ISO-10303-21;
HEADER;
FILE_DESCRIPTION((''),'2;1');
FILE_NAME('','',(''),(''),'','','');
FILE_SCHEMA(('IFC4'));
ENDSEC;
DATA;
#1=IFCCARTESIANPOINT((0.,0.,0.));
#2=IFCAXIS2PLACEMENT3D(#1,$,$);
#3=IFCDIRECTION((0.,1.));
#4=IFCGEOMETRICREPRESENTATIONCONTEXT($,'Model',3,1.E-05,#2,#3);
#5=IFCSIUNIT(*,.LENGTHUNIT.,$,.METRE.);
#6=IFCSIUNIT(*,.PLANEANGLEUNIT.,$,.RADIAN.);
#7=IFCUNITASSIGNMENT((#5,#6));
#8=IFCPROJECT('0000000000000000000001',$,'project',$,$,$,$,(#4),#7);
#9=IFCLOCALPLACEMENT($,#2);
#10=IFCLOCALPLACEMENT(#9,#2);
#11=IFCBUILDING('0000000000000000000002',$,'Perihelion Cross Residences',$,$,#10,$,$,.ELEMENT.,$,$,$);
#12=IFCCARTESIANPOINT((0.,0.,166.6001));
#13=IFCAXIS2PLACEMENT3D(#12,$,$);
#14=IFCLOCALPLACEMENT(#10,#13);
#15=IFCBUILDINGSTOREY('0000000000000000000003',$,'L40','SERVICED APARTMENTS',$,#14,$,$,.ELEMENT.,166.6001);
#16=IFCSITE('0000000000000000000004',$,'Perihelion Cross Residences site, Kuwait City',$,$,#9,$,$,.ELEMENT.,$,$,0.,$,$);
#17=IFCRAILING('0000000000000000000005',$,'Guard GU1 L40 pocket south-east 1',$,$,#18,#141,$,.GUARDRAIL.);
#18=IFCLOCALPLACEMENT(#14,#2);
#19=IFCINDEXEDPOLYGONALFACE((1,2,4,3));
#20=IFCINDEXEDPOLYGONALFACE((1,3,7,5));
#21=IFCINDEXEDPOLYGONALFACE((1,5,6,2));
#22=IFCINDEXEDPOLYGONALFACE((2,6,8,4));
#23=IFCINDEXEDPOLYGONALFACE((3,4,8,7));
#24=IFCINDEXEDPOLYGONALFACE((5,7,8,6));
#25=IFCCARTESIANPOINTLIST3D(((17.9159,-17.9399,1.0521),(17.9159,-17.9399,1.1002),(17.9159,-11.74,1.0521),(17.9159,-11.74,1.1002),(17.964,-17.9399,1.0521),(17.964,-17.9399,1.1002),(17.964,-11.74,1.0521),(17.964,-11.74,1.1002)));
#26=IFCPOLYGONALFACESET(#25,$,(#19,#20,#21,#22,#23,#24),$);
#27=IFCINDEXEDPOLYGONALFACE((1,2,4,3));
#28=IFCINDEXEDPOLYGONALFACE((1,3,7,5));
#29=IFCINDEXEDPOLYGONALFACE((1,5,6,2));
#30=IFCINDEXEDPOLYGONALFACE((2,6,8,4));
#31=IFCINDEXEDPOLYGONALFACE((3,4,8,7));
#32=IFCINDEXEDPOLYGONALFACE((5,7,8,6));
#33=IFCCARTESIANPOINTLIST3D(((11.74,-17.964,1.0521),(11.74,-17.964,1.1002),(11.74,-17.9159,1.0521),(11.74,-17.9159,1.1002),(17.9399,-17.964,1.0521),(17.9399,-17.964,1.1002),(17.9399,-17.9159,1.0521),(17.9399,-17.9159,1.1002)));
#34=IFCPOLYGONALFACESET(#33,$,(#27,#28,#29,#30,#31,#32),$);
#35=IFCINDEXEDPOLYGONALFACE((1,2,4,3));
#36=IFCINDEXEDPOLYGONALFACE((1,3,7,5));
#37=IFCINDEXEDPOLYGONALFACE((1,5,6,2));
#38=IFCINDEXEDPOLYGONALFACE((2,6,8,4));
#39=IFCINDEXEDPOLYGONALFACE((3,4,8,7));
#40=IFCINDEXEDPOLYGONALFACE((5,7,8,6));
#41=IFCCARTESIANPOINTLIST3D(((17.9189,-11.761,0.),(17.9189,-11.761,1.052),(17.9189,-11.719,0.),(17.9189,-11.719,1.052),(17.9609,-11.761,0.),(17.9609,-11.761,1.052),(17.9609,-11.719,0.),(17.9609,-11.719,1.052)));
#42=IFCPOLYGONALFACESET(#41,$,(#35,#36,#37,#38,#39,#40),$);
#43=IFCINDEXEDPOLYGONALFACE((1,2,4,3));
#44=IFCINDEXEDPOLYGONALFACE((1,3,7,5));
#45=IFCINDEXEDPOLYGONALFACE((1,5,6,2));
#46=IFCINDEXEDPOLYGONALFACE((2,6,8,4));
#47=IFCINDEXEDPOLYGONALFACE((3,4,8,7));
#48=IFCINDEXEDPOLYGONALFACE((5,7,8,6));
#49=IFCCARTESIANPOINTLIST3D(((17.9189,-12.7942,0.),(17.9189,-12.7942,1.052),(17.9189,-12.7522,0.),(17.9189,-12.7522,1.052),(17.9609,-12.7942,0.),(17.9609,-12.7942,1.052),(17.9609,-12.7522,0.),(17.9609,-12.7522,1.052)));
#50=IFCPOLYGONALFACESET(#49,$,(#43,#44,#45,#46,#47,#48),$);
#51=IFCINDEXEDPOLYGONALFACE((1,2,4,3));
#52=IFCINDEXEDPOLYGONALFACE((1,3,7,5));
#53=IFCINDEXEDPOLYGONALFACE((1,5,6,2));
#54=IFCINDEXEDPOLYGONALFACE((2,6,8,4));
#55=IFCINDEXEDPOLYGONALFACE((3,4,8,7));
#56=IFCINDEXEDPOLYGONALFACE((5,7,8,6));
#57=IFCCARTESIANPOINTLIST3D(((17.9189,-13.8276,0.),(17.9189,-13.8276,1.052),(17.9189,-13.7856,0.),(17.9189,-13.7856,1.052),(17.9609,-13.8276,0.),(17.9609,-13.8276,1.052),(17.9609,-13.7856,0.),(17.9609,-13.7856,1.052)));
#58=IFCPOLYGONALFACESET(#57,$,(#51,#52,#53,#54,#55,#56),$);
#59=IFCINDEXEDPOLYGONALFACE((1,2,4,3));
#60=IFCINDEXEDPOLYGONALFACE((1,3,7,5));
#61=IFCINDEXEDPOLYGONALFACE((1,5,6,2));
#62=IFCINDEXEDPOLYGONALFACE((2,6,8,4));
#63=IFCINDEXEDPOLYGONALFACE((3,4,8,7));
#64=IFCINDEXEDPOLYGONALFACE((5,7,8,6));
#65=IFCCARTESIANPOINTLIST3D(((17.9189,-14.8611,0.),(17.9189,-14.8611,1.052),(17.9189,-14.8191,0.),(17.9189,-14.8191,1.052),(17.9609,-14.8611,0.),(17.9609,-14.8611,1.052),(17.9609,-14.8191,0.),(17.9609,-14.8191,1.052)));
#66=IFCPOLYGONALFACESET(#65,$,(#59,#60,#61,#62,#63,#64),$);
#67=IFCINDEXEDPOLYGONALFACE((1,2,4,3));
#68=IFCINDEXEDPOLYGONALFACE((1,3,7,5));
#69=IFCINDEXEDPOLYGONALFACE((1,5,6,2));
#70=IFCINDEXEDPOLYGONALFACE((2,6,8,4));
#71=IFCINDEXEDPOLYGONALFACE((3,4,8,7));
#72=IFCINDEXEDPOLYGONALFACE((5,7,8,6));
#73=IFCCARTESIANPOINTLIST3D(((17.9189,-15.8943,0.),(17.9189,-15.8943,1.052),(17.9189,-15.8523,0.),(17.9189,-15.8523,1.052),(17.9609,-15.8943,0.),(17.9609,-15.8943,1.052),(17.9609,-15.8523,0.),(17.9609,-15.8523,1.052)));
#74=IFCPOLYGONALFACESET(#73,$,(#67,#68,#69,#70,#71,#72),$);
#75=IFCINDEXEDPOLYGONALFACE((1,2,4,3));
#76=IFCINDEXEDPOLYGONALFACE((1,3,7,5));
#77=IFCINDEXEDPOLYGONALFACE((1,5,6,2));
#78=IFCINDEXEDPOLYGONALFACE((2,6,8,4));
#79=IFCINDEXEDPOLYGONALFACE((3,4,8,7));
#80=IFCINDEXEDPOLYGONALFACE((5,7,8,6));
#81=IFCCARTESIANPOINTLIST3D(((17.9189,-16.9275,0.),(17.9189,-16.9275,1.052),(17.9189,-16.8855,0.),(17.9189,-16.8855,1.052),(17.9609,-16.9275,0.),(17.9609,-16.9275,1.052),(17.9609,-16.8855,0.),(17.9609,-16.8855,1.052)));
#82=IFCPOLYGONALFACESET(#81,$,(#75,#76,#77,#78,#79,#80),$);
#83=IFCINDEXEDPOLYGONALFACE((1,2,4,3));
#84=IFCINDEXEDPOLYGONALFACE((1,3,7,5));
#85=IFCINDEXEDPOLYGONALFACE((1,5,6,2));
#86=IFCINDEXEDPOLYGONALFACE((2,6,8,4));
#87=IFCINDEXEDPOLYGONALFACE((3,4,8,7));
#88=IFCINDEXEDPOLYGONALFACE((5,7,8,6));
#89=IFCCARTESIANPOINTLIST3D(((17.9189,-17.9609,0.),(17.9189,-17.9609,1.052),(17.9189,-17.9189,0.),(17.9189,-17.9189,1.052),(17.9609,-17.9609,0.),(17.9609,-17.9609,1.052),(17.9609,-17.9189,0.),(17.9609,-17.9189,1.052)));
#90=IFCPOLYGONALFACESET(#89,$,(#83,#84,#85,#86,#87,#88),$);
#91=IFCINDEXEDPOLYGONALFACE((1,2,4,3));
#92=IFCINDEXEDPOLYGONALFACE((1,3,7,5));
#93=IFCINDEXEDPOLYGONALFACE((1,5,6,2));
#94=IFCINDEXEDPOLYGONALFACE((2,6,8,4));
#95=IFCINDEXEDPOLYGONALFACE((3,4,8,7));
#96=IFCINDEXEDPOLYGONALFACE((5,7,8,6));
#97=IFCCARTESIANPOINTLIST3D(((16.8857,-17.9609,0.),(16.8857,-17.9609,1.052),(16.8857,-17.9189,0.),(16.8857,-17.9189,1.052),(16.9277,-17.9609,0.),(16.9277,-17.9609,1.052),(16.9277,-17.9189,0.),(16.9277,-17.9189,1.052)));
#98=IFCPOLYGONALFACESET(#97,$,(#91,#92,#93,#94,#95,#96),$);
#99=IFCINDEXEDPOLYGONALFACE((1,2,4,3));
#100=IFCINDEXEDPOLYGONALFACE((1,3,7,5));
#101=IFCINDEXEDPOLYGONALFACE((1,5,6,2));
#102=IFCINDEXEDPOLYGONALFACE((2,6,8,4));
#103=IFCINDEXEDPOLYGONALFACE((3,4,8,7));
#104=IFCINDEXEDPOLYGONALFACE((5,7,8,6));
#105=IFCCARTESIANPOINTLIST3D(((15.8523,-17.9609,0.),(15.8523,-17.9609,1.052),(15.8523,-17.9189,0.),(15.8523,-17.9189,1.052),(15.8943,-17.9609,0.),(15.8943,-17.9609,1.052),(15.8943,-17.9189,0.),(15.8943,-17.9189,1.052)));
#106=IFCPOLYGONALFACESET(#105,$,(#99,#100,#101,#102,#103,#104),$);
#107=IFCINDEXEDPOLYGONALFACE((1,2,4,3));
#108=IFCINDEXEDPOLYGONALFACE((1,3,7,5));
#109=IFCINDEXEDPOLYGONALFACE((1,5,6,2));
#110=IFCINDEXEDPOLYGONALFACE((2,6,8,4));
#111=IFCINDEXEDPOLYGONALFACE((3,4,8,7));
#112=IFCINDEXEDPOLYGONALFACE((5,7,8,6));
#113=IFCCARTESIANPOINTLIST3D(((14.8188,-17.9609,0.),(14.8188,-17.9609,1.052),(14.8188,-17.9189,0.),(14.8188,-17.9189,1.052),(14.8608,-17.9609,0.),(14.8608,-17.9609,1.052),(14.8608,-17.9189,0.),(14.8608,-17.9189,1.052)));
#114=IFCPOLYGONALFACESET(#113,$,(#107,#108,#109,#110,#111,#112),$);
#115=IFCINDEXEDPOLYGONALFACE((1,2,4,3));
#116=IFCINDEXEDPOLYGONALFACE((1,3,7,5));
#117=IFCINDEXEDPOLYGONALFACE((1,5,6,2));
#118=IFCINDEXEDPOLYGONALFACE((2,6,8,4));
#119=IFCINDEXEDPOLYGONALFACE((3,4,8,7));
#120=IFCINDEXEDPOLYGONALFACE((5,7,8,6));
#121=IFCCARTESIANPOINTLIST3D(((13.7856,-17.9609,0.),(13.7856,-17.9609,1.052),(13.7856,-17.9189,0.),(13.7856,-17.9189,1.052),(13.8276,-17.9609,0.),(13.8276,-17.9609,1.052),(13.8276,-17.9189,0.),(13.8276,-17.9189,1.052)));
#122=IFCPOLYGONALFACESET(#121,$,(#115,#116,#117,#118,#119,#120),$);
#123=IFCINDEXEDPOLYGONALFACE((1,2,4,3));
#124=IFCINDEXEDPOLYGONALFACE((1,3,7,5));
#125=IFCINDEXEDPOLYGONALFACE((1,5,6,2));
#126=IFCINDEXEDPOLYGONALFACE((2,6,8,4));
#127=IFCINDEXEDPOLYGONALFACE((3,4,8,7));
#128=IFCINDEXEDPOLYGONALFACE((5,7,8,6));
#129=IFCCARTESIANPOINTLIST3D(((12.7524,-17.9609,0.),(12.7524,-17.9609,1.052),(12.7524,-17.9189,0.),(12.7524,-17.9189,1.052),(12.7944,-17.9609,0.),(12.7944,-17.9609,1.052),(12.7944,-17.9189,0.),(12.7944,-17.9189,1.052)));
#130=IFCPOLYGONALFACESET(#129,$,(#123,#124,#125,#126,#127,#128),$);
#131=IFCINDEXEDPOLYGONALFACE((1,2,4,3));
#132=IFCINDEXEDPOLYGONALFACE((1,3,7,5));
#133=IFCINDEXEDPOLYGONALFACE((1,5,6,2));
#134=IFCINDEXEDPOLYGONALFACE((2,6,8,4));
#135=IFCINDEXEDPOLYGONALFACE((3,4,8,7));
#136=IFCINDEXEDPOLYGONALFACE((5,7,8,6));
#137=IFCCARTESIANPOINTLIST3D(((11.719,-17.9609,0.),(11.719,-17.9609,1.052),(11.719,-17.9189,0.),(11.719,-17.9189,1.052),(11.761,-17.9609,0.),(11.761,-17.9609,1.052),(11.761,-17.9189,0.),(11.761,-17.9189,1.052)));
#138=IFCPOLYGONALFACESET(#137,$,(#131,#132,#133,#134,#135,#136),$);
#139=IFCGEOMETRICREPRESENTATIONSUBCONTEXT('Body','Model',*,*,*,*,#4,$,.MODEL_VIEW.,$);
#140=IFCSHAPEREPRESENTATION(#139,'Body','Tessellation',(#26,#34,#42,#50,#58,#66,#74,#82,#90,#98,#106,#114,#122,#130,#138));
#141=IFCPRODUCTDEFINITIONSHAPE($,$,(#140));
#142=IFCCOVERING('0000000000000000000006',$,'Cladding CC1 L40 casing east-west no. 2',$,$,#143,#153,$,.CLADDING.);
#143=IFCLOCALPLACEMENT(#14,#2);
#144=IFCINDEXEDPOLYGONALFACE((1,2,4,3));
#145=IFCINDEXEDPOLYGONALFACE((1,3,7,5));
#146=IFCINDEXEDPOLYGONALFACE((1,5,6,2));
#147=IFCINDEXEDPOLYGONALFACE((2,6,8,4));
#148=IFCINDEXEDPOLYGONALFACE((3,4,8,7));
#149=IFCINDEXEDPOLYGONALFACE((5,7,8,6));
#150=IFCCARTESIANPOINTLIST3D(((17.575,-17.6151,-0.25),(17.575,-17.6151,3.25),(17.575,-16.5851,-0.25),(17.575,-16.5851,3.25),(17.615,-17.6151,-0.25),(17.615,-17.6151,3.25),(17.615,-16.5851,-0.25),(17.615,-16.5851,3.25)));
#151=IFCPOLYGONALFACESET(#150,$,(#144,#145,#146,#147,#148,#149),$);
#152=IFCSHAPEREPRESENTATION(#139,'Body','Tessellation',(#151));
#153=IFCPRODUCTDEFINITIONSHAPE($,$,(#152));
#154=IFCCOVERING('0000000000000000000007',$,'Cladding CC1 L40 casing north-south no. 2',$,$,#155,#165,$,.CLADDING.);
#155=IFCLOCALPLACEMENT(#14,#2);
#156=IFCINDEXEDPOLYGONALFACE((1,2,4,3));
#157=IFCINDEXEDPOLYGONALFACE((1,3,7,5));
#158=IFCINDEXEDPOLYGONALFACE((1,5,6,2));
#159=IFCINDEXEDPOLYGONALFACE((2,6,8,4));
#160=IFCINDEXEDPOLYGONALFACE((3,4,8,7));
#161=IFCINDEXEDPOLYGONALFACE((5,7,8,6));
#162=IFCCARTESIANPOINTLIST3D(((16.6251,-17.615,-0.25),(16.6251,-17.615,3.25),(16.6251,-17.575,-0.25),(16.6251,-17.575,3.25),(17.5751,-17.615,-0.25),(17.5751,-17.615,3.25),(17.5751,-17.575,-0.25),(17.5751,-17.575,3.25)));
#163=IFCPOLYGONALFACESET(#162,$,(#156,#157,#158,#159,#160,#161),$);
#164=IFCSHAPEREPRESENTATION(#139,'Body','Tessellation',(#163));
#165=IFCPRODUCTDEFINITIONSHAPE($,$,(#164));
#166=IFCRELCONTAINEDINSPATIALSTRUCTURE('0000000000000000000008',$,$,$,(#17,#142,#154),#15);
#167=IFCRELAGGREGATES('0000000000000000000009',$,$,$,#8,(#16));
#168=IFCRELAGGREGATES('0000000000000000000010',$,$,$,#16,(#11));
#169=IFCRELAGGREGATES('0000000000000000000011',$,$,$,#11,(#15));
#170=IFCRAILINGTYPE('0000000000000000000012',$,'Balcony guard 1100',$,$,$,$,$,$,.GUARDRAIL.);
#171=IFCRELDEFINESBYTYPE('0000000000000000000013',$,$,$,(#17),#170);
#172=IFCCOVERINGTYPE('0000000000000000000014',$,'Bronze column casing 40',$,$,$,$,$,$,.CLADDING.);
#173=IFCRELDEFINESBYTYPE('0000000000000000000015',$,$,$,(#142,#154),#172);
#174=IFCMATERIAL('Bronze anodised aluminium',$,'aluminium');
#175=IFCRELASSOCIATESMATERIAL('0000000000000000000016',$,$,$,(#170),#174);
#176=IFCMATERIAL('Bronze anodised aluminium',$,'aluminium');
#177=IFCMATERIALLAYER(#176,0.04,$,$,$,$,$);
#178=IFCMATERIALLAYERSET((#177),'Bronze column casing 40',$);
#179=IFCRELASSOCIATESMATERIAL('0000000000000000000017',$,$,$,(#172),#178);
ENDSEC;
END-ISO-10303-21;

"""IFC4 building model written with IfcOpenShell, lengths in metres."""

from ifc_helpers import new_model, si_unit, direction, frame, origin, origin_2d, place, context, subcontext, project, spatial, rectangle, extrude, material, layer, layer_set, type_object, element, save


model = new_model("IFC4")

# Units and contexts
model_context = context("Model", 3, precision=1e-05, world=origin(), true_north=direction((0.0, 1.0)))
body_context = subcontext(model_context, "Body", "Model", "MODEL_VIEW")
ifc_project = project(units=[si_unit("LENGTHUNIT", "METRE"), si_unit("PLANEANGLEUNIT", "RADIAN")], contexts=[model_context])

# Site, building, storey
site_placement = place(None, origin())
site = spatial("IfcSite", under=ifc_project, at=site_placement, Name="Perihelion Cross Residences site, Kuwait City", CompositionType="ELEMENT", RefElevation=0.0)
building_placement = place(site_placement, origin())
building = spatial("IfcBuilding", under=site, at=building_placement, Name="Perihelion Cross Residences", CompositionType="ELEMENT")
storey_placement = place(building_placement, frame((0.0, 0.0, 166.6001)))
storey = spatial("IfcBuildingStorey", under=building, at=storey_placement, Name="L40", Description="SERVICED APARTMENTS", CompositionType="ELEMENT", Elevation=166.6001)

# Railing
ifc_material_1 = material(Name="Bronze anodised aluminium", Category="aluminium")
railing_type = type_object("IfcRailingType", Name="Balcony guard 1100", PredefinedType="GUARDRAIL", material=ifc_material_1)
railing_1_placement = place(storey_placement, frame((17.9399, -11.74, 0.0)))
element("IfcRailing", 1, at=railing_1_placement, inside=storey, type_object=railing_type, Name="Guard GU1 L40 pocket south-east 1", PredefinedType="GUARDRAIL", context=body_context, shape_type="SweptSolid", body=[
    extrude(rectangle(XDim=0.0481, YDim=0.0481, at=origin_2d()), frame((0.0, 0.0, 1.0762), z_axis=(0.0, -1.0, 0.0), x_axis=(1.0, 0.0, 0.0)), (0.0, 0.0, 1.0), 6.2),
    extrude(rectangle(XDim=0.0481, YDim=0.0481, at=origin_2d()), frame((0.0, -6.2, 1.0762), z_axis=(-1.0, 0.0, 0.0), x_axis=(0.0, -1.0, 0.0)), (0.0, 0.0, 1.0), 6.2),
    extrude(rectangle(XDim=0.042, YDim=0.042, at=origin_2d()), origin(), (0.0, 0.0, 1.0), 1.052),
    extrude(rectangle(XDim=0.042, YDim=0.042, at=origin_2d()), frame((0.0, -1.0332, 0.0)), (0.0, 0.0, 1.0), 1.052),
    extrude(rectangle(XDim=0.042, YDim=0.042, at=origin_2d()), frame((0.0, -2.0667, 0.0)), (0.0, 0.0, 1.0), 1.052),
    extrude(rectangle(XDim=0.042, YDim=0.042, at=origin_2d()), frame((0.0, -3.1001, 0.0)), (0.0, 0.0, 1.0), 1.052),
    extrude(rectangle(XDim=0.042, YDim=0.042, at=origin_2d()), frame((0.0, -4.1333, 0.0)), (0.0, 0.0, 1.0), 1.052),
    extrude(rectangle(XDim=0.042, YDim=0.042, at=origin_2d()), frame((0.0, -5.1665, 0.0)), (0.0, 0.0, 1.0), 1.052),
    extrude(rectangle(XDim=0.042, YDim=0.042, at=origin_2d()), frame((0.0, -6.2, 0.0)), (0.0, 0.0, 1.0), 1.052),
    extrude(rectangle(XDim=0.042, YDim=0.042, at=origin_2d()), frame((-1.0332, -6.2, 0.0)), (0.0, 0.0, 1.0), 1.052),
    extrude(rectangle(XDim=0.042, YDim=0.042, at=origin_2d()), frame((-2.0667, -6.2, 0.0)), (0.0, 0.0, 1.0), 1.052),
    extrude(rectangle(XDim=0.042, YDim=0.042, at=origin_2d()), frame((-3.1001, -6.2, 0.0)), (0.0, 0.0, 1.0), 1.052),
    extrude(rectangle(XDim=0.042, YDim=0.042, at=origin_2d()), frame((-4.1333, -6.2, 0.0)), (0.0, 0.0, 1.0), 1.052),
    extrude(rectangle(XDim=0.042, YDim=0.042, at=origin_2d()), frame((-5.1665, -6.2, 0.0)), (0.0, 0.0, 1.0), 1.052),
    extrude(rectangle(XDim=0.042, YDim=0.042, at=origin_2d()), frame((-6.2, -6.2, 0.0)), (0.0, 0.0, 1.0), 1.052),
])

# Coverings
ifc_material_2 = material(Name="Bronze anodised aluminium", Category="aluminium")
ifc_layer_1 = layer(ifc_material_2, 0.04)
ifc_layer_set_1 = layer_set([ifc_layer_1], Name="Bronze column casing 40")
covering_type = type_object("IfcCoveringType", Name="Bronze column casing 40", PredefinedType="CLADDING", material=ifc_layer_set_1)
covering_1_placement = place(storey_placement, frame((17.595, -17.1001, -0.25), z_axis=(0.0, 0.0, 1.0), x_axis=(1.0, 0.0, 0.0)))
element("IfcCovering", 2, at=covering_1_placement, inside=storey, type_object=covering_type, Name="Cladding CC1 L40 casing east-west no. 2", PredefinedType="CLADDING", context=body_context, shape_type="SweptSolid", body=[
    extrude(rectangle(XDim=0.04, YDim=1.03, at=origin_2d()), origin(), (0.0, 0.0, 1.0), 3.5),
])
covering_2_placement = place(storey_placement, frame((17.1001, -17.595, -0.25), z_axis=(0.0, 0.0, 1.0), x_axis=(1.0, 0.0, 0.0)))
element("IfcCovering", 3, at=covering_2_placement, inside=storey, type_object=covering_type, Name="Cladding CC1 L40 casing north-south no. 2", PredefinedType="CLADDING", context=body_context, shape_type="SweptSolid", body=[
    extrude(rectangle(XDim=0.95, YDim=0.04, at=origin_2d()), origin(), (0.0, 0.0, 1.0), 3.5),
])

save(model, "model.ifc")
